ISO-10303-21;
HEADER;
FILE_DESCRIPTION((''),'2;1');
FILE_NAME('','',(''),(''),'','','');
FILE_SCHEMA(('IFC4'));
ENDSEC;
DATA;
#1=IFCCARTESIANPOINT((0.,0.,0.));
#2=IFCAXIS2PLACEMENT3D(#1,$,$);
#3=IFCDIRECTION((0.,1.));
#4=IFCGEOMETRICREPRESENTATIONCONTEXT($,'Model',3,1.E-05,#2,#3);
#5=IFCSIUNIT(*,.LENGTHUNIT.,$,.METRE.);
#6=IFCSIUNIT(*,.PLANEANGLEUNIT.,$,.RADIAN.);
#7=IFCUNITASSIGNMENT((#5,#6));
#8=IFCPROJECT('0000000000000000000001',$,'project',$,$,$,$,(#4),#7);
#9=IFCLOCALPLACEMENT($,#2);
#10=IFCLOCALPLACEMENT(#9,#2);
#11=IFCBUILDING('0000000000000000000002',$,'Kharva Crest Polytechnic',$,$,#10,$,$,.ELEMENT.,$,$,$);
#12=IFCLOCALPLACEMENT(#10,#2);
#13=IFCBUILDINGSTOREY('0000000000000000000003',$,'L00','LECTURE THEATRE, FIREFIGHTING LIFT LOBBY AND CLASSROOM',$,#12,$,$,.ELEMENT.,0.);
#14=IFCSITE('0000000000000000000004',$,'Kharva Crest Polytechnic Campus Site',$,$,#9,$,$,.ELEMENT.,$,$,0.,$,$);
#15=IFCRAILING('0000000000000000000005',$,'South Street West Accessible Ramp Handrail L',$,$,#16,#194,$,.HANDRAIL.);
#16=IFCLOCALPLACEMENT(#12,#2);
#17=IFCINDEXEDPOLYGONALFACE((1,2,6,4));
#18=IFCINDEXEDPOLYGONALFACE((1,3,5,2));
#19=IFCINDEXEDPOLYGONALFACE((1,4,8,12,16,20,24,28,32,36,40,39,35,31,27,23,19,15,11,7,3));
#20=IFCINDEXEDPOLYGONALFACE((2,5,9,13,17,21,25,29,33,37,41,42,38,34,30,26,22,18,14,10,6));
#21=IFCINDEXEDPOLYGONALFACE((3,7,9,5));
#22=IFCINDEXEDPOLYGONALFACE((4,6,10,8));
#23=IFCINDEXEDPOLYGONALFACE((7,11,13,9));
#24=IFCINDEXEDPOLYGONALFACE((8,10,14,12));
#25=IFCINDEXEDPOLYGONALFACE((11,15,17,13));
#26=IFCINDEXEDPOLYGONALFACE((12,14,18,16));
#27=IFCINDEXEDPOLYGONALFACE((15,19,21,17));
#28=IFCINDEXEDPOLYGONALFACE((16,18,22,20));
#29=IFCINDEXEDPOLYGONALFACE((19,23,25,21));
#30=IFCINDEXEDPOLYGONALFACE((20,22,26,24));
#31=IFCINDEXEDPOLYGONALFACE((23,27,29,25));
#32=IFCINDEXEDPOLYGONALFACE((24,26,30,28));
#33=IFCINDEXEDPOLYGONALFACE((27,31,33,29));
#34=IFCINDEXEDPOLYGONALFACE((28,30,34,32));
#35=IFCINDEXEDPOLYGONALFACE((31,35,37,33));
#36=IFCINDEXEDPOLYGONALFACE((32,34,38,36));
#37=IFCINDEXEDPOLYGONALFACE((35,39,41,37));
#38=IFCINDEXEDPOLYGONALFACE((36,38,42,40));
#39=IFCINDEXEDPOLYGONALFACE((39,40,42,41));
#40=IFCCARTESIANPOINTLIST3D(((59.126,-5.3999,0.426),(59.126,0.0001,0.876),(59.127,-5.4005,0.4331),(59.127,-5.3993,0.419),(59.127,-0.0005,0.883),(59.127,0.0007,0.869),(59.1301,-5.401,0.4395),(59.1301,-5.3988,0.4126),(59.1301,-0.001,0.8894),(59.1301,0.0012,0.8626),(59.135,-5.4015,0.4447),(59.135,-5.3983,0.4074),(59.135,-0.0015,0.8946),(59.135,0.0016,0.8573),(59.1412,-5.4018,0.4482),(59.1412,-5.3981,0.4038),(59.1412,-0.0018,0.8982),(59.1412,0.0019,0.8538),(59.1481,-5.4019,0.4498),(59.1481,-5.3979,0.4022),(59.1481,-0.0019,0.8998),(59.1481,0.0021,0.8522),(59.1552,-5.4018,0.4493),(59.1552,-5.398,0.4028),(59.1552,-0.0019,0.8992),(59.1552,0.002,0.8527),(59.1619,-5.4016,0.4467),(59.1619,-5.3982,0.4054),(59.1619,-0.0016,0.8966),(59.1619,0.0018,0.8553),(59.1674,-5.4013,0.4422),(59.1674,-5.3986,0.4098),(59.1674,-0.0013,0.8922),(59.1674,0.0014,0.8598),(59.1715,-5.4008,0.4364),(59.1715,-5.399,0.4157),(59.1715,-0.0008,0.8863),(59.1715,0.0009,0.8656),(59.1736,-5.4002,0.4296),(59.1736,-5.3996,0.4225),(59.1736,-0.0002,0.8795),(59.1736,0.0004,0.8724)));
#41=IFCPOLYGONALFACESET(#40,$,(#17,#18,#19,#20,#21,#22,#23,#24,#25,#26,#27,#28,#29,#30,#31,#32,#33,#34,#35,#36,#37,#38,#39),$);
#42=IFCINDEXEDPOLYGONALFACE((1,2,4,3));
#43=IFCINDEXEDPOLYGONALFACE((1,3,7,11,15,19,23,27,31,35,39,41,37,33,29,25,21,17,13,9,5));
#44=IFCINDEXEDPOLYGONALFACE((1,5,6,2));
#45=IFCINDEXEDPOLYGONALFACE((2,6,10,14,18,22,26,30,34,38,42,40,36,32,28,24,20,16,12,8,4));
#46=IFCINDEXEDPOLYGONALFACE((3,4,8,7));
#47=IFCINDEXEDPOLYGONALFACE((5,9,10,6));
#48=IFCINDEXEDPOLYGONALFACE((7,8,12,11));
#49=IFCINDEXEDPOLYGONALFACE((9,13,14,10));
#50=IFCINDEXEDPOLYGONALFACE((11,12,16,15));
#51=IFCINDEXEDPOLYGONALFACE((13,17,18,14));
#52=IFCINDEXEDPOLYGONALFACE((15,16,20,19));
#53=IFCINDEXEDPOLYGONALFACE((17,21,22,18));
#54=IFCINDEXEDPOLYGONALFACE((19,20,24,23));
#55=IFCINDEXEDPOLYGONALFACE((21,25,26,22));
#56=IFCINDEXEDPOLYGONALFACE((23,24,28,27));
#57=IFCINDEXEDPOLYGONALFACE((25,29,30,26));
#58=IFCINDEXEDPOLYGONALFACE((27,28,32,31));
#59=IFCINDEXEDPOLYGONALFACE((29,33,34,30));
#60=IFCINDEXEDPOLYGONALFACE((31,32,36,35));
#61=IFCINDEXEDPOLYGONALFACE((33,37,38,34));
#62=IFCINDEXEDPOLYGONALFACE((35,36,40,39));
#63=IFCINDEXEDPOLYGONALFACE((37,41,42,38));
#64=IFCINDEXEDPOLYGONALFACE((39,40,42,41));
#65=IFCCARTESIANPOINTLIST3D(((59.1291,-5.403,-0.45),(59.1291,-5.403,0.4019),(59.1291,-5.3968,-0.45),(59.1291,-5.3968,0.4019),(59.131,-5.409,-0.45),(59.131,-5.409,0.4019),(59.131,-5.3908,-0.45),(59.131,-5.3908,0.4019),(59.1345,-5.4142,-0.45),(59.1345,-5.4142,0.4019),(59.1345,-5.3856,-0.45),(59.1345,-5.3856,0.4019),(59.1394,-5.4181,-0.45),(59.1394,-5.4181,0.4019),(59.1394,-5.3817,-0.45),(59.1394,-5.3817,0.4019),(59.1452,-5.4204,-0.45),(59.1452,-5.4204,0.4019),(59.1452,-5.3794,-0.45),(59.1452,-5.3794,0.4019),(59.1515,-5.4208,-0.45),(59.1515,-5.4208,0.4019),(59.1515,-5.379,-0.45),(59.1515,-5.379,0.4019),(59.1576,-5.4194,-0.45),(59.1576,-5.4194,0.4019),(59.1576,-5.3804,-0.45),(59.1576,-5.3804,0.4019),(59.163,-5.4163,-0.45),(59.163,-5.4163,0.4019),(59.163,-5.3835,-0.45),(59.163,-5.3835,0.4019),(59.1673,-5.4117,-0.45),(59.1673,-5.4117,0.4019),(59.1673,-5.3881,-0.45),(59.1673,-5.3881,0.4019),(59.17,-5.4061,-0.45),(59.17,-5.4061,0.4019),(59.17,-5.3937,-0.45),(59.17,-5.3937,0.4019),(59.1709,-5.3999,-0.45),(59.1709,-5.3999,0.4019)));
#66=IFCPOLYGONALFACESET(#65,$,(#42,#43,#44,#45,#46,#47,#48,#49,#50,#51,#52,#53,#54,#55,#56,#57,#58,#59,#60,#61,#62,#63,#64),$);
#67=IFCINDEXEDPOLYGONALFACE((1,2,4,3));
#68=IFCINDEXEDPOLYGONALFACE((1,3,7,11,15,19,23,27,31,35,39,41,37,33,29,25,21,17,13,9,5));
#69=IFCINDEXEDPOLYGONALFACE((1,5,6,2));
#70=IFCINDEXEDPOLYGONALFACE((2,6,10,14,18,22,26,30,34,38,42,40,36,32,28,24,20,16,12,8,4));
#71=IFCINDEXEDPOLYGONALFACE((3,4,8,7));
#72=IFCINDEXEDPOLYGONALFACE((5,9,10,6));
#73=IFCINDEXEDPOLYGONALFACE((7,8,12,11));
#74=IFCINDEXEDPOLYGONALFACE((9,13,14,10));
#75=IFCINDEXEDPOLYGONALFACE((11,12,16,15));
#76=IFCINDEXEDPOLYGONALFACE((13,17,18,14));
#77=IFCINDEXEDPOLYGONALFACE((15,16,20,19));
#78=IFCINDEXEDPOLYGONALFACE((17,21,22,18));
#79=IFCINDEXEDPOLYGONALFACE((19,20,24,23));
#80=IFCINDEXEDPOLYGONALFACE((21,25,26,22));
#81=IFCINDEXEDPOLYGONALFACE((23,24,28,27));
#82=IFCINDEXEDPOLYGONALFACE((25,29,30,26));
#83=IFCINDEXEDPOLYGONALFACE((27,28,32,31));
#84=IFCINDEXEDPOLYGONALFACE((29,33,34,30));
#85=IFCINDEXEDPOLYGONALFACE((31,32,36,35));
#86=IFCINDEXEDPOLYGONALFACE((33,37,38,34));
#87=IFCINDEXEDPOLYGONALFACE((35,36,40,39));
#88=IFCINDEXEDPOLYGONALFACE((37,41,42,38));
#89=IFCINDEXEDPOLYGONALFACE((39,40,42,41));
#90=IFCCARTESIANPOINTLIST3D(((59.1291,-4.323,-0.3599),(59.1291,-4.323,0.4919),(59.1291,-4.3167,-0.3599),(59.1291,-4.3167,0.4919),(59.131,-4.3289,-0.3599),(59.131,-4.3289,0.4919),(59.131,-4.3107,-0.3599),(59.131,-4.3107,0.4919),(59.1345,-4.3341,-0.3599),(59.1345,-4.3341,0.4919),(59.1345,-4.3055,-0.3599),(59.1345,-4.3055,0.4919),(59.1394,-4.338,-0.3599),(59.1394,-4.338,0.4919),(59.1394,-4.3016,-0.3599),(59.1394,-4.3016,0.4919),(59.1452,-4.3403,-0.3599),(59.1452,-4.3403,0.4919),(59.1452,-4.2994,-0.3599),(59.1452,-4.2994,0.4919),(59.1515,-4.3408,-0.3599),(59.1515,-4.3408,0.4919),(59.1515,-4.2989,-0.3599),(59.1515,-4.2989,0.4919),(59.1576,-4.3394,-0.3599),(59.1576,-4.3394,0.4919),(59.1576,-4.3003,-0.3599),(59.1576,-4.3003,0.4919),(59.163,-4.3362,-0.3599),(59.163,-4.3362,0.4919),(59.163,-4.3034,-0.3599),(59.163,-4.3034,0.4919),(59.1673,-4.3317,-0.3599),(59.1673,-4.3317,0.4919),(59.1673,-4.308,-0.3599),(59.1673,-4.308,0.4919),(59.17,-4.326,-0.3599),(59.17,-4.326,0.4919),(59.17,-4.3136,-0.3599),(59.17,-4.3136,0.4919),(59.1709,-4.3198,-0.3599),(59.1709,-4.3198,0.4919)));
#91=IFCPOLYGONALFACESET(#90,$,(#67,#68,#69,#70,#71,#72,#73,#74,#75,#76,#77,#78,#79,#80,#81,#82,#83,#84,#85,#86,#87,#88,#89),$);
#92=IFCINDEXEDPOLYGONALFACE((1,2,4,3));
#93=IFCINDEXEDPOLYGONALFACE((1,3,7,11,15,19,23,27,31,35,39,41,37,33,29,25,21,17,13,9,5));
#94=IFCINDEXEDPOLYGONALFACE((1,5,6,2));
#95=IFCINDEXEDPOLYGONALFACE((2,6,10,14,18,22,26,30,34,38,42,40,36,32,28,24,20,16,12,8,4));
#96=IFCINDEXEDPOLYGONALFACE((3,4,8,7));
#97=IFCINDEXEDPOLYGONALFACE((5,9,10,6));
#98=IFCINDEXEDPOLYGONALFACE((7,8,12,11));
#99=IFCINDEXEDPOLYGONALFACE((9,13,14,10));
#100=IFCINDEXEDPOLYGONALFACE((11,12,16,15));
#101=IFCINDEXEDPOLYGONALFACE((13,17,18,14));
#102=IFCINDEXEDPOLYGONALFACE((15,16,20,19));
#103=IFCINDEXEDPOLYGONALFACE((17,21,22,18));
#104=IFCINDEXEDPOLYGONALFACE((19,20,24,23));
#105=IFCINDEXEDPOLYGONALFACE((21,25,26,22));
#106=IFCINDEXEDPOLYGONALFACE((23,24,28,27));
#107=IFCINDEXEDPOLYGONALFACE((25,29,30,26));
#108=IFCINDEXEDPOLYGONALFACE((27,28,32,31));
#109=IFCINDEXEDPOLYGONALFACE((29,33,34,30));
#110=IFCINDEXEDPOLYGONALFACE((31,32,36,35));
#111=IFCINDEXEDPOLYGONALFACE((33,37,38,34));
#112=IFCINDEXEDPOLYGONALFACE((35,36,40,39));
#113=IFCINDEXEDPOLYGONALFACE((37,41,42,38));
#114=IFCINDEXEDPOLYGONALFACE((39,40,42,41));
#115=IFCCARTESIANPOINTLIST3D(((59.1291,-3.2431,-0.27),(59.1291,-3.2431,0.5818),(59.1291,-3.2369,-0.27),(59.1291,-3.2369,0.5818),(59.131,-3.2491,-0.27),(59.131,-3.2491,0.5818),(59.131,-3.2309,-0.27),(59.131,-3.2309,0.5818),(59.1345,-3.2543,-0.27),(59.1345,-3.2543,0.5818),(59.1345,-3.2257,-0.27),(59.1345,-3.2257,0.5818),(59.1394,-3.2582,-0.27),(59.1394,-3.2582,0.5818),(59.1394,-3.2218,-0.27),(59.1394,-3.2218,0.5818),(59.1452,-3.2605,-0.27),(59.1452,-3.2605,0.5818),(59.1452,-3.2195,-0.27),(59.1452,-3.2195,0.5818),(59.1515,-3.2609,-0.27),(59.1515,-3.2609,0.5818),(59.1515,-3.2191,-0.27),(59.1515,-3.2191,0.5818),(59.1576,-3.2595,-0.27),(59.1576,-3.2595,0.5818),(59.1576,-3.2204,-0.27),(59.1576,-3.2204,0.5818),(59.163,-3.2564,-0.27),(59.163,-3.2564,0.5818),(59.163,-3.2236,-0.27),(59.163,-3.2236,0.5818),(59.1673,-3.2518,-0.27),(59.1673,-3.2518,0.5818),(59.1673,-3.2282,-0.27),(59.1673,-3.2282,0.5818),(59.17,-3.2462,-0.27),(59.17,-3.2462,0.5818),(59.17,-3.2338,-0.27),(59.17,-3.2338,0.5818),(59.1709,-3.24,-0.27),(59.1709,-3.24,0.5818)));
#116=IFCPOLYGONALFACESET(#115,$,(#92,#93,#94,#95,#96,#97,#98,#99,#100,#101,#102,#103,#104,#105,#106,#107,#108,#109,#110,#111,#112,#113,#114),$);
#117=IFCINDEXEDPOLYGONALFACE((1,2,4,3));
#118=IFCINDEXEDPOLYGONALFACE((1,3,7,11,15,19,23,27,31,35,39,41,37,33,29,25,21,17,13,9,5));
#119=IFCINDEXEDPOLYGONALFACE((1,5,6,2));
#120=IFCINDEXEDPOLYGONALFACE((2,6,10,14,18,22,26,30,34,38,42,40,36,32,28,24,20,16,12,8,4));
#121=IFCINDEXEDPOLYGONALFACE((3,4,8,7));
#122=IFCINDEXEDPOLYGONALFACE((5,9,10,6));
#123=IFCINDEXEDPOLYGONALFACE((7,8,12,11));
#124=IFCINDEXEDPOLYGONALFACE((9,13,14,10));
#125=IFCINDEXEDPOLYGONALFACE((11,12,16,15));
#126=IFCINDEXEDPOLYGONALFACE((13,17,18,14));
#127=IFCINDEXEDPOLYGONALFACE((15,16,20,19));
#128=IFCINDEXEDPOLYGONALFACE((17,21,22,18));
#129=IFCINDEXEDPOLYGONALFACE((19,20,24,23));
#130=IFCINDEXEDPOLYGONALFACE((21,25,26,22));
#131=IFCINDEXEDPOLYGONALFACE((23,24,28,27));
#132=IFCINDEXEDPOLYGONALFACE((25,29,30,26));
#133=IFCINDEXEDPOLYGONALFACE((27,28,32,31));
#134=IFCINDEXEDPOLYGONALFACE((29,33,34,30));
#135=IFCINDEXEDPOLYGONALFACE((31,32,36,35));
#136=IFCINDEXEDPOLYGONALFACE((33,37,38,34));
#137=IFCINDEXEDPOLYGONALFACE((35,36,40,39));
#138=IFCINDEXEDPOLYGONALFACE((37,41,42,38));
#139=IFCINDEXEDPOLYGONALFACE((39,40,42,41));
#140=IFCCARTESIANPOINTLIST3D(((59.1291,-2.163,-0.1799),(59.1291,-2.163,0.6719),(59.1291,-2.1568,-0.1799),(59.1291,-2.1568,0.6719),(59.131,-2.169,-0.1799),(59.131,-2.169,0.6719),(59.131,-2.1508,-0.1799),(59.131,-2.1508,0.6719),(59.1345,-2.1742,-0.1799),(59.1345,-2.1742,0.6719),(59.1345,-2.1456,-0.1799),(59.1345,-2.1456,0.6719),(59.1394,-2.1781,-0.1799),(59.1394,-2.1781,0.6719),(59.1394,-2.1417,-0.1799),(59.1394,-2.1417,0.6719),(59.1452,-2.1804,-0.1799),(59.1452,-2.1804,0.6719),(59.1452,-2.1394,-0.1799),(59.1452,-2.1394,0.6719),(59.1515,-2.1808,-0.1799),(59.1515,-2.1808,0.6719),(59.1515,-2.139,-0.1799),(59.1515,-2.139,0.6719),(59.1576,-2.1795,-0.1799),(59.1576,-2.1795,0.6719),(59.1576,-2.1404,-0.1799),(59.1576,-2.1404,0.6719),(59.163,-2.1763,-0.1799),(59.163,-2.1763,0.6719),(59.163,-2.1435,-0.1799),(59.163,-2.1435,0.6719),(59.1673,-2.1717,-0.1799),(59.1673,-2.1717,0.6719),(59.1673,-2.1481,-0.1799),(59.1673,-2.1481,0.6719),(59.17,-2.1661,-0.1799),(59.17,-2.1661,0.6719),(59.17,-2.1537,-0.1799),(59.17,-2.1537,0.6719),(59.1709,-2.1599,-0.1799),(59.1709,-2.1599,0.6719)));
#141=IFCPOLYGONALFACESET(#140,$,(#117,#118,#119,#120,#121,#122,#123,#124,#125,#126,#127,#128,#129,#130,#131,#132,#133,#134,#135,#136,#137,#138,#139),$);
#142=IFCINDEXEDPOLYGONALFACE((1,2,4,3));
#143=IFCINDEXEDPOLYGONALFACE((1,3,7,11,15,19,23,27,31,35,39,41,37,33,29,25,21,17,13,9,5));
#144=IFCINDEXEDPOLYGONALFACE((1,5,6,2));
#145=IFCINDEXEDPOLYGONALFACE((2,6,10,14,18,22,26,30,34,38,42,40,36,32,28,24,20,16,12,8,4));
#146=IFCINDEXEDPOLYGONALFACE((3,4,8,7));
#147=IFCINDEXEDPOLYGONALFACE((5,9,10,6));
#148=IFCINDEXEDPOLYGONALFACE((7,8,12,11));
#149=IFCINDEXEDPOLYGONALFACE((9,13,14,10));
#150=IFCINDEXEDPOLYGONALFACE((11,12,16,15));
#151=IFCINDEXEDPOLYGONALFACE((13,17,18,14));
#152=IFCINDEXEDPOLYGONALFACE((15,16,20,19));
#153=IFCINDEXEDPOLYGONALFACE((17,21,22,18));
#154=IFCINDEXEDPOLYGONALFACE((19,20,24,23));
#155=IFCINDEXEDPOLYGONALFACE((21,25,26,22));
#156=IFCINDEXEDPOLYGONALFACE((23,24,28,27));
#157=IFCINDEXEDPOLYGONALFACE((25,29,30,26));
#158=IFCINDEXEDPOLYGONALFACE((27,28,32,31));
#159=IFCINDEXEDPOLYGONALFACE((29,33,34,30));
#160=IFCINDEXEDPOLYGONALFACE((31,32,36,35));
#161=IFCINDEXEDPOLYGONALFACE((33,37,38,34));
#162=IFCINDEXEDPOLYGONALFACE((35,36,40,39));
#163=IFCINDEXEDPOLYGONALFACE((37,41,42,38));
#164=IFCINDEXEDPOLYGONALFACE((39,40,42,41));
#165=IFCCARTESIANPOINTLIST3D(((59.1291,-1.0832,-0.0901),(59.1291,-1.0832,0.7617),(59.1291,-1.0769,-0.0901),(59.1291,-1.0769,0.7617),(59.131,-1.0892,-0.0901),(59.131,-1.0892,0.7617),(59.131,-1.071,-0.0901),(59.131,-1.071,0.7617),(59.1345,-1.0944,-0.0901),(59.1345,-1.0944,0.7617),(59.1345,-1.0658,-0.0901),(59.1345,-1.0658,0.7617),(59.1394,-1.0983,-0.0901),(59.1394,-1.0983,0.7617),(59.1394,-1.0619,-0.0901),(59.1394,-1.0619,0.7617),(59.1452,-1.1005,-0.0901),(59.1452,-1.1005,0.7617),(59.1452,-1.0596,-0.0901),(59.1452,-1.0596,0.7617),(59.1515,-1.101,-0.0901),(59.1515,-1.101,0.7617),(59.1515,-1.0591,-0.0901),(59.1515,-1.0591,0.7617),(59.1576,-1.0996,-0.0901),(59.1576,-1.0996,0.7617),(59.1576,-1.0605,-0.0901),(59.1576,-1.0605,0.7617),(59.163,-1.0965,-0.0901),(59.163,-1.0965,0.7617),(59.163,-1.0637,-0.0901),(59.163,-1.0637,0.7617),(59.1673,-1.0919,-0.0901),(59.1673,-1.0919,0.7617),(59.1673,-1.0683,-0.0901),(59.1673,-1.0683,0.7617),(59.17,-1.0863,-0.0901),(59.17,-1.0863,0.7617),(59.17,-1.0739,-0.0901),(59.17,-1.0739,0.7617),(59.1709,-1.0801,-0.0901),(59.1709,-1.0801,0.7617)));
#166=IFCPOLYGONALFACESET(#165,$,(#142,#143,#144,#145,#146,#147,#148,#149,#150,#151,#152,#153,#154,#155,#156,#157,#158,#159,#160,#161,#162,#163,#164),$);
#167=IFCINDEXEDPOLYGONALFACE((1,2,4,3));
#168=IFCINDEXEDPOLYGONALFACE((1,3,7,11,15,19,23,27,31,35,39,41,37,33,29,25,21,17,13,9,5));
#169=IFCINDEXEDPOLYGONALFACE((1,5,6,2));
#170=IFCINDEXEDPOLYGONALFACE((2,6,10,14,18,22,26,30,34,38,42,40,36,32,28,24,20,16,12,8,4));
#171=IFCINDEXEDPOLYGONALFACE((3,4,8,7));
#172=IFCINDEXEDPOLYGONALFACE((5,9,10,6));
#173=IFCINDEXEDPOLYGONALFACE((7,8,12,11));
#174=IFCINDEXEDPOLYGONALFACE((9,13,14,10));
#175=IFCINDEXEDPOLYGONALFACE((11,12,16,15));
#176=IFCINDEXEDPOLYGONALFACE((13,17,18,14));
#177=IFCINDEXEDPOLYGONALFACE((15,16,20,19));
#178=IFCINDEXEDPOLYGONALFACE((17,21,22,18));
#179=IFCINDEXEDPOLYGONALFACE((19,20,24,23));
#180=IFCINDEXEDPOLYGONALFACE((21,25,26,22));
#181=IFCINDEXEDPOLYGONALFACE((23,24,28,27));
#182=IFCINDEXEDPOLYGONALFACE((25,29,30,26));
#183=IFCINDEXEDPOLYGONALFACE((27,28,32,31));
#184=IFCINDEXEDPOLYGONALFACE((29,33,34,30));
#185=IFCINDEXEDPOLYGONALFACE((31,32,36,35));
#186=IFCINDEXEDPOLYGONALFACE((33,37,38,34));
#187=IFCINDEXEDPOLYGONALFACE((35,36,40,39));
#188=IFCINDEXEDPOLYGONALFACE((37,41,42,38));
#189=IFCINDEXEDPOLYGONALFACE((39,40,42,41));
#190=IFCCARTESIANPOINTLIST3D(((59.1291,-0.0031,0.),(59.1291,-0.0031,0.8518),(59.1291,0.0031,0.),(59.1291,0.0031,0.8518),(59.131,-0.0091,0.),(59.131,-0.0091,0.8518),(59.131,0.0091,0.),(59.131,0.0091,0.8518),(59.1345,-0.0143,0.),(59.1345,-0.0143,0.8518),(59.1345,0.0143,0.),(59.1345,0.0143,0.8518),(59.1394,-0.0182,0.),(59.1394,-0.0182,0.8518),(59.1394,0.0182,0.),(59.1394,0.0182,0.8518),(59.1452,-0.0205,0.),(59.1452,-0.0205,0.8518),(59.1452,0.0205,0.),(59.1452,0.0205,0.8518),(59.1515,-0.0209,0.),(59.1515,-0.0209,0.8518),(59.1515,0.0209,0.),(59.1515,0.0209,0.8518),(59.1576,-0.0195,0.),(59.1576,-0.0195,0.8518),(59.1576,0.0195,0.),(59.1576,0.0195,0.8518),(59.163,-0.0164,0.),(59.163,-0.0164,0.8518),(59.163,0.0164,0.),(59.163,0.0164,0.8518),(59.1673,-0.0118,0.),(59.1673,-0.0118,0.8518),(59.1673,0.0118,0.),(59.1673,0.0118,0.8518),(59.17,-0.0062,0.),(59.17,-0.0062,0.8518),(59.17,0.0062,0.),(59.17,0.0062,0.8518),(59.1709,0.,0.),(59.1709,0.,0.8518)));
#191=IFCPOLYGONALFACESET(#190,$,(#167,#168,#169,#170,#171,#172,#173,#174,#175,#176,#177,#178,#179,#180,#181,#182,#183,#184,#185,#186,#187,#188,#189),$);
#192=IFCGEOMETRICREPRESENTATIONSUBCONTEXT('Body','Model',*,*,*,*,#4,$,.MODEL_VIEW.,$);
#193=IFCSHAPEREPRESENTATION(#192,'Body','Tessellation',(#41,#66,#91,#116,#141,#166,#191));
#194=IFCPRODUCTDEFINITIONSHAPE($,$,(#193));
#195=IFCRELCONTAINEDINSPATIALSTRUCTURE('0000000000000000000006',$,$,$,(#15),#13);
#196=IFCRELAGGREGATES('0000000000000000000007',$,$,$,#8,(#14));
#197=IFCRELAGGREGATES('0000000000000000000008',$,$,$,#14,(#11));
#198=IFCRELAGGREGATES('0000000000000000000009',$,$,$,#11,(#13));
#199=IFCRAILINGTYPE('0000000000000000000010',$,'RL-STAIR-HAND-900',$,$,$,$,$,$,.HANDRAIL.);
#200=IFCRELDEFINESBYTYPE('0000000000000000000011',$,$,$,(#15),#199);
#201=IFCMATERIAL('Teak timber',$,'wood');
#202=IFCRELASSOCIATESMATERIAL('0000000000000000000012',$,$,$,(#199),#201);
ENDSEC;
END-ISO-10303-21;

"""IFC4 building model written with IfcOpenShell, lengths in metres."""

from ifc_helpers import new_model, si_unit, direction, frame, origin, origin_2d, place, context, subcontext, project, spatial, circle, extrude, material, type_object, element, save


model = new_model("IFC4")

# Units and contexts
model_context = context("Model", 3, precision=1e-05, world=origin(), true_north=direction((0.0, 1.0)))
body_context = subcontext(model_context, "Body", "Model", "MODEL_VIEW")
ifc_project = project(units=[si_unit("LENGTHUNIT", "METRE"), si_unit("PLANEANGLEUNIT", "RADIAN")], contexts=[model_context])

# Site, building, storey
site_placement = place(None, origin())
site = spatial("IfcSite", under=ifc_project, at=site_placement, Name="Kharva Crest Polytechnic Campus Site", CompositionType="ELEMENT", RefElevation=0.0)
building_placement = place(site_placement, origin())
building = spatial("IfcBuilding", under=site, at=building_placement, Name="Kharva Crest Polytechnic", CompositionType="ELEMENT")
storey_placement = place(building_placement, origin())
storey = spatial("IfcBuildingStorey", under=building, at=storey_placement, Name="L00", Description="LECTURE THEATRE, FIREFIGHTING LIFT LOBBY AND CLASSROOM", CompositionType="ELEMENT", Elevation=0.0)

# Shared definitions
ifc_material_1 = material(Name="Teak timber", Category="wood")

# Railing
railing_type = type_object("IfcRailingType", Name="RL-STAIR-HAND-900", PredefinedType="HANDRAIL", material=ifc_material_1)
for number, where, name in (
    (1, (59.1499, -5.3999, -0.45), "South Street West Accessible Ramp Handrail L"),
):
    element("IfcRailing", number, at=place(storey_placement, frame(where)), inside=storey, type_object=railing_type, Name=name, PredefinedType="HANDRAIL", context=body_context, shape_type="SweptSolid", body=[
        extrude(circle(Radius=0.0239, at=origin_2d()), frame((0.0, 0.0, 0.876), z_axis=(0.0, 0.996546, 0.083038), x_axis=(-1.0, 0.0, 0.0)), (0.0, 0.0, 1.0), 5.4187),
        extrude(circle(Radius=0.021, at=origin_2d()), origin(), (0.0, 0.0, 1.0), 0.8518),
        extrude(circle(Radius=0.021, at=origin_2d()), frame((0.0, 1.0801, 0.0901)), (0.0, 0.0, 1.0), 0.8518),
        extrude(circle(Radius=0.021, at=origin_2d()), frame((0.0, 2.1599, 0.1799)), (0.0, 0.0, 1.0), 0.8518),
        extrude(circle(Radius=0.021, at=origin_2d()), frame((0.0, 3.24, 0.27)), (0.0, 0.0, 1.0), 0.8518),
        extrude(circle(Radius=0.021, at=origin_2d()), frame((0.0, 4.3198, 0.3599)), (0.0, 0.0, 1.0), 0.8518),
        extrude(circle(Radius=0.021, at=origin_2d()), frame((0.0, 5.3999, 0.45)), (0.0, 0.0, 1.0), 0.8518),
    ])

save(model, "model.ifc")
